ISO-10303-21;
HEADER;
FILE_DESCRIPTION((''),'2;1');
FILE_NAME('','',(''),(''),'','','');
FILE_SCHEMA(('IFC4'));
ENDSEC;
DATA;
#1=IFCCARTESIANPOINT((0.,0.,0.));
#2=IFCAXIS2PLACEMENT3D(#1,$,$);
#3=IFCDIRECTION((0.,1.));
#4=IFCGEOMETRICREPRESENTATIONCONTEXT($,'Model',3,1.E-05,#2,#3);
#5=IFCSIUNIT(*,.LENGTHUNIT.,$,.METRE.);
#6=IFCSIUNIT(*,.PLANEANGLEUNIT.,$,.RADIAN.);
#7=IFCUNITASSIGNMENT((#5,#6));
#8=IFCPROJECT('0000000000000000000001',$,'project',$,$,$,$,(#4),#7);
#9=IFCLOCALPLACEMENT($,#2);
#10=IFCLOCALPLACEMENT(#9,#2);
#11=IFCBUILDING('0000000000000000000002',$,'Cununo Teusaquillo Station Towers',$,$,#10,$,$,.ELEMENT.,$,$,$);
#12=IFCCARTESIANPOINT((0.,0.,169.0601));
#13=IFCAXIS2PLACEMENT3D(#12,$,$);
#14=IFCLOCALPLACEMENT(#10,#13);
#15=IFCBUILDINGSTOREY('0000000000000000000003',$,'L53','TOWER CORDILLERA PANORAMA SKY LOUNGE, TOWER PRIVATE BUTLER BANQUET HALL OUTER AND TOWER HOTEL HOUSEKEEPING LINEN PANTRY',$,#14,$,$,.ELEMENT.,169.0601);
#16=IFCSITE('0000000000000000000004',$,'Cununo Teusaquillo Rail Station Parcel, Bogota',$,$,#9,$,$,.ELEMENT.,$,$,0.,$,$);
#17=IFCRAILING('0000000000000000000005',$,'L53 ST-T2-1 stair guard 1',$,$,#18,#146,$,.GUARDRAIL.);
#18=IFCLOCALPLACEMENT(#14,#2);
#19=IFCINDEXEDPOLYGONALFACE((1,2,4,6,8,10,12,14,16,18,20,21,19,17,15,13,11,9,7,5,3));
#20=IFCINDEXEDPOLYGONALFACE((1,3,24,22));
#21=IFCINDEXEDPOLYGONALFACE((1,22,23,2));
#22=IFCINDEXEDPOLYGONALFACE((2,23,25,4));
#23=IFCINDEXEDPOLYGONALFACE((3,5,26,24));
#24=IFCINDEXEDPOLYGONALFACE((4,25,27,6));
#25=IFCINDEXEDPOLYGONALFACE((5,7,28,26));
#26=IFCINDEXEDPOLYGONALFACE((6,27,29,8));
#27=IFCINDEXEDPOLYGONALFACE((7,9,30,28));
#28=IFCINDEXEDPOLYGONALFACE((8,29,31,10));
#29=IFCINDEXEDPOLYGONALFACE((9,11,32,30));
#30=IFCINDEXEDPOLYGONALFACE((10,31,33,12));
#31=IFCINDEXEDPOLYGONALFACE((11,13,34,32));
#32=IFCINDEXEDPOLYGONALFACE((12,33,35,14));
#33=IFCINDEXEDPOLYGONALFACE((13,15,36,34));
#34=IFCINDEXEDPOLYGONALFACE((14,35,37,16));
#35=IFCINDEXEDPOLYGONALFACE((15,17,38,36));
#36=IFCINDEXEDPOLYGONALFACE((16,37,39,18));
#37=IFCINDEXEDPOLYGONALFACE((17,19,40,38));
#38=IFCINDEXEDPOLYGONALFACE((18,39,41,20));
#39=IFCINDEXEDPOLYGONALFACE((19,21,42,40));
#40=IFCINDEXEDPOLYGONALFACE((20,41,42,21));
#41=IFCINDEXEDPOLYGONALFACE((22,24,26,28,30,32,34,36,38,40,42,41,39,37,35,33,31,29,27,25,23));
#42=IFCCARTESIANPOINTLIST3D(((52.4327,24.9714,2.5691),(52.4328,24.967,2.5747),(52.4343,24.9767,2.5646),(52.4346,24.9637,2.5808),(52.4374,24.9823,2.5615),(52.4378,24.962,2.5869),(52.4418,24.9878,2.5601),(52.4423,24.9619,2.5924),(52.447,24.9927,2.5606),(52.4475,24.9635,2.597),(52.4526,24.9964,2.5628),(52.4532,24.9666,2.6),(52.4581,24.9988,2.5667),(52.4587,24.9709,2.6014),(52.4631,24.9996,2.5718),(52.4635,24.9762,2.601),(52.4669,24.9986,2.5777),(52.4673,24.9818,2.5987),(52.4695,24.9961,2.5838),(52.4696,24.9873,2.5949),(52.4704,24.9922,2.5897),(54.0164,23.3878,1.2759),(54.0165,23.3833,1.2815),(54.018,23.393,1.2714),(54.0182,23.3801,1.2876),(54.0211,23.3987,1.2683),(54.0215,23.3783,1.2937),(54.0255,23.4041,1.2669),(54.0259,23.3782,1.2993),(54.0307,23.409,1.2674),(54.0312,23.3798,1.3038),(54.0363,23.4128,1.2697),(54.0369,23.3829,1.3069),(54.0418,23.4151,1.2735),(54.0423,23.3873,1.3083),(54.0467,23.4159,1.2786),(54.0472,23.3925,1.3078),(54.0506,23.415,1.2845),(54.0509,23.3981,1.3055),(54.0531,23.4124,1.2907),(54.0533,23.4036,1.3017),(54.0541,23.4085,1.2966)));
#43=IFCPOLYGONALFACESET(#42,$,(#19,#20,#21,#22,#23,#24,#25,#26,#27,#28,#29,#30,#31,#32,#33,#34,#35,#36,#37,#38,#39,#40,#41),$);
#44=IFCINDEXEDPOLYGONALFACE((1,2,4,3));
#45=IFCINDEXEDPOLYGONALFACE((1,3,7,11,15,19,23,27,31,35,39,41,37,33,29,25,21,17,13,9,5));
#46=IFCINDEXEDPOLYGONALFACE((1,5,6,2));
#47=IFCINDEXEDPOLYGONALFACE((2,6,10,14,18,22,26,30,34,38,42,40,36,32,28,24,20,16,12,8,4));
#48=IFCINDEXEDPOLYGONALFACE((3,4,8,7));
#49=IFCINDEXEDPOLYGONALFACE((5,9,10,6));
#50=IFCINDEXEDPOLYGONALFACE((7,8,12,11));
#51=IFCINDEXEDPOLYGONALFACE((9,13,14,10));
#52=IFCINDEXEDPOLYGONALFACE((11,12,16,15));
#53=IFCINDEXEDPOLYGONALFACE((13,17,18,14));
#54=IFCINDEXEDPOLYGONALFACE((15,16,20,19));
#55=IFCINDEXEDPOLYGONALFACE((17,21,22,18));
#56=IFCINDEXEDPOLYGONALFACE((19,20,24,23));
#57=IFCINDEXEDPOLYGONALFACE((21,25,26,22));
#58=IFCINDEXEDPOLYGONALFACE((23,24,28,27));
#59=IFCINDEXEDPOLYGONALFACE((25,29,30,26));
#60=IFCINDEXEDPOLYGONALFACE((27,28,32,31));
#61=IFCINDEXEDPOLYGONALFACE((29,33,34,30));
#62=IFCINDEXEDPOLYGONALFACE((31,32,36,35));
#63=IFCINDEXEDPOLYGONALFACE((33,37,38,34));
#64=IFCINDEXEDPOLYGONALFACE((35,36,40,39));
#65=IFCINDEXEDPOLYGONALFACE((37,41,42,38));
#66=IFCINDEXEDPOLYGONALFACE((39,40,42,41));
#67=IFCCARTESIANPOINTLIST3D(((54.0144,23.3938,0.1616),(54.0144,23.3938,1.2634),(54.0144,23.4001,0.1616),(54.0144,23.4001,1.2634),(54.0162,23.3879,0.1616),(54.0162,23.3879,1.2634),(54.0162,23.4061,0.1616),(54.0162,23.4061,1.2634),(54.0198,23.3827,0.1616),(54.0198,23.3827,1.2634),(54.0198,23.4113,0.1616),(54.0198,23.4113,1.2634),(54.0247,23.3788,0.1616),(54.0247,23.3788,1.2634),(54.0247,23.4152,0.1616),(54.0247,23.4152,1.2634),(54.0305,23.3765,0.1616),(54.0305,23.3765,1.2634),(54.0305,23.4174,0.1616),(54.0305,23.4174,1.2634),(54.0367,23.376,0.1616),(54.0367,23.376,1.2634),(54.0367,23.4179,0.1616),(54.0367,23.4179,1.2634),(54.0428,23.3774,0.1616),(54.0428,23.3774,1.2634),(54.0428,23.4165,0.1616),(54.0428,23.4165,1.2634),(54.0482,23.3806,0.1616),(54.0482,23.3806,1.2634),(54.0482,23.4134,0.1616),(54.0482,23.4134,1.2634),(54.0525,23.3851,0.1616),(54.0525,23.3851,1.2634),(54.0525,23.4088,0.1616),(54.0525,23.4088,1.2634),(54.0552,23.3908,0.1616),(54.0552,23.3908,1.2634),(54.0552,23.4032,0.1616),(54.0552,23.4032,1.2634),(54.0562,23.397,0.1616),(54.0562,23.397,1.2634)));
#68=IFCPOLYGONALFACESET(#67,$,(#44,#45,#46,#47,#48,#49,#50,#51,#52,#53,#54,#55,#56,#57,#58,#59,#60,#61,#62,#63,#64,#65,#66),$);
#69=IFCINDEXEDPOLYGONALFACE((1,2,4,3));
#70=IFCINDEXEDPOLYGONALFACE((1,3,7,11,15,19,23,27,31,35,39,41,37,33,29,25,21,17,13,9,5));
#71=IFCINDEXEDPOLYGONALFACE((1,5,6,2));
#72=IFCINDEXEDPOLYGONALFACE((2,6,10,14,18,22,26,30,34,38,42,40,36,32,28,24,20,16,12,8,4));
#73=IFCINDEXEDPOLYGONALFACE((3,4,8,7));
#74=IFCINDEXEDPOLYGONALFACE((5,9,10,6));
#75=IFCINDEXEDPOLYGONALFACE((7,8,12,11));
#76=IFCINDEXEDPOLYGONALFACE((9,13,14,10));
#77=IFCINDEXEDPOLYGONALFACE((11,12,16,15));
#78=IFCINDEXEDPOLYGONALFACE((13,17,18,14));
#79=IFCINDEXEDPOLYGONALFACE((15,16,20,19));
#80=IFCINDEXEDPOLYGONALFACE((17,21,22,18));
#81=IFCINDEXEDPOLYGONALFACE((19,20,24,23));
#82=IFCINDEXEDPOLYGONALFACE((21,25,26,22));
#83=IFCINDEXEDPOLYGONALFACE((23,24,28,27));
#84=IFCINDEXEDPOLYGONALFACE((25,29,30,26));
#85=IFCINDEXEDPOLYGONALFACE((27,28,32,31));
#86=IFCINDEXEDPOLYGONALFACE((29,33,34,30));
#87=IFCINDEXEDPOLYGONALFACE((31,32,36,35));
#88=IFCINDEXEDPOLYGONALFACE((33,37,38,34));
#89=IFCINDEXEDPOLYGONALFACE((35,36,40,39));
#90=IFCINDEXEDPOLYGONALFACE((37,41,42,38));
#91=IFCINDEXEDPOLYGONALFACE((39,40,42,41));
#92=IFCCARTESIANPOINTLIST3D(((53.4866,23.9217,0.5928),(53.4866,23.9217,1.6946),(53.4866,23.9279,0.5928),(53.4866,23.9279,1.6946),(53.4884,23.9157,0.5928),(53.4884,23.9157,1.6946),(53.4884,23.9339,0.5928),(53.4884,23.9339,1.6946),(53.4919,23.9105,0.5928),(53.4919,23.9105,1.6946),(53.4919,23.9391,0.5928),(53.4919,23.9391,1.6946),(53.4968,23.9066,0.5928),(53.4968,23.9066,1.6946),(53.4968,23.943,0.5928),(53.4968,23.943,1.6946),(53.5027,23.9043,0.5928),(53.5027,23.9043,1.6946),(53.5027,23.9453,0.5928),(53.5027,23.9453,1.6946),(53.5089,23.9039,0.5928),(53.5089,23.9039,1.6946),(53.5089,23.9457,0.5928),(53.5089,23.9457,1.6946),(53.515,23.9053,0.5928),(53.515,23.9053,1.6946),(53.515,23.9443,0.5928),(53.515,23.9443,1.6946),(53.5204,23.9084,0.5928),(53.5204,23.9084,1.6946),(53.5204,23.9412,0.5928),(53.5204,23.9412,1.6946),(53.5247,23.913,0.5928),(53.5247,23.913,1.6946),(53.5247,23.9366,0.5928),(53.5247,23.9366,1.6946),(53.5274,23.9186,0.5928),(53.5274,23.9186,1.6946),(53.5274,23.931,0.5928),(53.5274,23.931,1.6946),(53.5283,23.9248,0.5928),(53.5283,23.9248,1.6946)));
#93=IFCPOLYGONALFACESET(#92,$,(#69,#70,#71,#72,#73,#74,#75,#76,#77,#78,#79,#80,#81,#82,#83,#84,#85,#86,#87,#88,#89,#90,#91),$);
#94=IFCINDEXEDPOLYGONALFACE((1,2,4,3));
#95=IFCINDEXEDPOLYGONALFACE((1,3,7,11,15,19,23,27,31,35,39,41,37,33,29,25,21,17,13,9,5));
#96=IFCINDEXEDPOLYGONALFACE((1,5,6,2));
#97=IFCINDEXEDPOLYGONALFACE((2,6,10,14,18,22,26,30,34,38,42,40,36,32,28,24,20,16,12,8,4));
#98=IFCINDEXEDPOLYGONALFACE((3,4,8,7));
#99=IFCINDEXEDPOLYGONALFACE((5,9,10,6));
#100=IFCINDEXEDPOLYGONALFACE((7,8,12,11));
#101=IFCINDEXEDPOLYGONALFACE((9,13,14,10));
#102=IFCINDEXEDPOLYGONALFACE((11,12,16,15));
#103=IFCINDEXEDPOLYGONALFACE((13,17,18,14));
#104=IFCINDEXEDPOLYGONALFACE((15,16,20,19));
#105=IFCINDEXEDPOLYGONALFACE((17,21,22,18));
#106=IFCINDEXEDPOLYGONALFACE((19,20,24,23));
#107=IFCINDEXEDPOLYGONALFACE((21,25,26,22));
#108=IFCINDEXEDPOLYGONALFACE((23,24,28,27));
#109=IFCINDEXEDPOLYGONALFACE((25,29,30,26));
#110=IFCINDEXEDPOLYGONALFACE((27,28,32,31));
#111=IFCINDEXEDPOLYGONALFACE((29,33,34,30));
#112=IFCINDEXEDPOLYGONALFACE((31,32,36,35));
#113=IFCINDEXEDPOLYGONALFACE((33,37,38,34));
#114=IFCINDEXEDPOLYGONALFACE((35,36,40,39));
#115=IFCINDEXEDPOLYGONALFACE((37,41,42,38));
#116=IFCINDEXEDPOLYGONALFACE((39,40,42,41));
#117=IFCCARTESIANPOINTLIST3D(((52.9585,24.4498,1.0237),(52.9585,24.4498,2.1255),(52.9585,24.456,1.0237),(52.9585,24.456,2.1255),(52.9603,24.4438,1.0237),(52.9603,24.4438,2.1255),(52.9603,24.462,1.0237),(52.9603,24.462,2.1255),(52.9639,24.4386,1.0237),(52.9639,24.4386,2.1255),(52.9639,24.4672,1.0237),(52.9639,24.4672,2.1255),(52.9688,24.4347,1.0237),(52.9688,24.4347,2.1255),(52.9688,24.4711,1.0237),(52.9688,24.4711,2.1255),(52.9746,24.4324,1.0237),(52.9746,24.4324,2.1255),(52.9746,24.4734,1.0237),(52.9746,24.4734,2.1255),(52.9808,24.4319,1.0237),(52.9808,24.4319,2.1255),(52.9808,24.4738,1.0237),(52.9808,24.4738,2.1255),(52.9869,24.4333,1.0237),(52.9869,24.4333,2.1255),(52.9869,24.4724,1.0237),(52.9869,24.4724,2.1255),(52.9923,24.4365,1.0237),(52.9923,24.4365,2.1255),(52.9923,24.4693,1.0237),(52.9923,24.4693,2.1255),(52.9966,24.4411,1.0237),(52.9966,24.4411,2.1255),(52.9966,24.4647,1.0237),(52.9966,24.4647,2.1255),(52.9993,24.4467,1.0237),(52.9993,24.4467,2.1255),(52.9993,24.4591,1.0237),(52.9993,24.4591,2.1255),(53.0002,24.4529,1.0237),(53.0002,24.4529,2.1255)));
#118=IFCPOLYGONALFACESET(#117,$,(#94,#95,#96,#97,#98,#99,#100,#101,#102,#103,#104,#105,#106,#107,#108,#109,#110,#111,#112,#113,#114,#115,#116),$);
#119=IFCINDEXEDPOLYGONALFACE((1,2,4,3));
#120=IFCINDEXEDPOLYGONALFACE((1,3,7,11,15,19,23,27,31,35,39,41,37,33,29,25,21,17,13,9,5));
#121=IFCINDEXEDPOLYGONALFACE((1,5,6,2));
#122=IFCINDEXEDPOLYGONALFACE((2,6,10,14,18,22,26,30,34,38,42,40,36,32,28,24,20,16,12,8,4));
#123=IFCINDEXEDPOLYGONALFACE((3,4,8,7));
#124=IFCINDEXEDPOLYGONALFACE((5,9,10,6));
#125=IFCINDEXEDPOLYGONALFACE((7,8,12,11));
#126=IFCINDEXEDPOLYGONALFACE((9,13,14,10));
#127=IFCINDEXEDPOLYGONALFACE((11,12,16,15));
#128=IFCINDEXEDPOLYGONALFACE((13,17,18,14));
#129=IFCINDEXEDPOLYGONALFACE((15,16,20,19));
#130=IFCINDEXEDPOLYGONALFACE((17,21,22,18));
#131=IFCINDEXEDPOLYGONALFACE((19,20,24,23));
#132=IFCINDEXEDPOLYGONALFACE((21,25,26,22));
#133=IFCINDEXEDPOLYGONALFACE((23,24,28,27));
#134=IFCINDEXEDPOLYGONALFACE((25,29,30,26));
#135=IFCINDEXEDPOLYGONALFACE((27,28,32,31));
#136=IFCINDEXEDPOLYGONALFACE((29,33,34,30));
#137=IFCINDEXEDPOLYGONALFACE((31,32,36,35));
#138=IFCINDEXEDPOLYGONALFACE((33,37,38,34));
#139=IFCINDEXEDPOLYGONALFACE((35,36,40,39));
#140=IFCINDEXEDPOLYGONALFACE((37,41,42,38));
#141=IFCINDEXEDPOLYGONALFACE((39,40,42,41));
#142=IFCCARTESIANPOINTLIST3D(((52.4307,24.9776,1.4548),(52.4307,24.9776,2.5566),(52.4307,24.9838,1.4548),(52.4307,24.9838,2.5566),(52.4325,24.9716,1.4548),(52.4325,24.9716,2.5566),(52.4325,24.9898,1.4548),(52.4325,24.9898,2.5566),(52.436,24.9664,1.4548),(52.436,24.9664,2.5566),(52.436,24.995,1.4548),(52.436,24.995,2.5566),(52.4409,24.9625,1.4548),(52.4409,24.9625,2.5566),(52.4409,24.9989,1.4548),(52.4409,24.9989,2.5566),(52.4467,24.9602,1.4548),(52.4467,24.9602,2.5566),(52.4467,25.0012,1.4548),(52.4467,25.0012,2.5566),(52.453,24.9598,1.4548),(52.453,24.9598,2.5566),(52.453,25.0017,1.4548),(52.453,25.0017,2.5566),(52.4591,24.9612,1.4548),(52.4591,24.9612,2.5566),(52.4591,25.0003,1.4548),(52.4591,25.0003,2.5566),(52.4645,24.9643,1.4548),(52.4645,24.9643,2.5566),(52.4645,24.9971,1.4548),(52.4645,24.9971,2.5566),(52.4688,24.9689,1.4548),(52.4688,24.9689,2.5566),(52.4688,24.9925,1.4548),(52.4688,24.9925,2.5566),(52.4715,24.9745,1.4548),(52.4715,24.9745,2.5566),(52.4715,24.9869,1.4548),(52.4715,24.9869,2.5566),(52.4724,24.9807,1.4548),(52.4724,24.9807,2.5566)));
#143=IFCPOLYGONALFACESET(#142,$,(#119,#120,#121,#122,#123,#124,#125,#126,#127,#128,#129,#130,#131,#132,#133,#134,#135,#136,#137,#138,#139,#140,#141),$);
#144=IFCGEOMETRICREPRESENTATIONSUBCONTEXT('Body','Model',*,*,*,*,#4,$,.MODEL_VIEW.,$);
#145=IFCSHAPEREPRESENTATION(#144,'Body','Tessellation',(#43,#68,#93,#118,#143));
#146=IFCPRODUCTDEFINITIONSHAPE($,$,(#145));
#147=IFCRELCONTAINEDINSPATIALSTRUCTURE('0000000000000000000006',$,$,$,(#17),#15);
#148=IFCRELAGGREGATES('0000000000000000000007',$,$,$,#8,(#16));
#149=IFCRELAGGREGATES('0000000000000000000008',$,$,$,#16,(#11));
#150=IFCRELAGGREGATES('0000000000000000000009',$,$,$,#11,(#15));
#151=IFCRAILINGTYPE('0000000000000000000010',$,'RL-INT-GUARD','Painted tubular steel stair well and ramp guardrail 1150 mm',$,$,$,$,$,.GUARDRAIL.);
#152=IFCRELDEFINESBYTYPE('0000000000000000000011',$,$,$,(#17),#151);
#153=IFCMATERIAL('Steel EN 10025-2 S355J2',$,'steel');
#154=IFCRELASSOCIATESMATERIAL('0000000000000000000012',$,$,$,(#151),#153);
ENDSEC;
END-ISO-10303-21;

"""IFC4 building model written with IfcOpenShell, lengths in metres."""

from ifc_helpers import new_model, si_unit, direction, frame, origin, origin_2d, place, context, subcontext, project, spatial, circle, extrude, material, type_object, element, save


model = new_model("IFC4")

# Units and contexts
model_context = context("Model", 3, precision=1e-05, world=origin(), true_north=direction((0.0, 1.0)))
body_context = subcontext(model_context, "Body", "Model", "MODEL_VIEW")
ifc_project = project(units=[si_unit("LENGTHUNIT", "METRE"), si_unit("PLANEANGLEUNIT", "RADIAN")], contexts=[model_context])

# Site, building, storey
site_placement = place(None, origin())
site = spatial("IfcSite", under=ifc_project, at=site_placement, Name="Cununo Teusaquillo Rail Station Parcel, Bogota", CompositionType="ELEMENT", RefElevation=0.0)
building_placement = place(site_placement, origin())
building = spatial("IfcBuilding", under=site, at=building_placement, Name="Cununo Teusaquillo Station Towers", CompositionType="ELEMENT")
storey_placement = place(building_placement, frame((0.0, 0.0, 169.0601)))
storey = spatial("IfcBuildingStorey", under=building, at=storey_placement, Name="L53", Description="TOWER CORDILLERA PANORAMA SKY LOUNGE, TOWER PRIVATE BUTLER BANQUET HALL OUTER AND TOWER HOTEL HOUSEKEEPING LINEN PANTRY", CompositionType="ELEMENT", Elevation=169.0601)

# Railing
ifc_material_1 = material(Name="Steel EN 10025-2 S355J2", Category="steel")
railing_type_1 = type_object("IfcRailingType", Name="RL-INT-GUARD", Description="Painted tubular steel stair well and ramp guardrail 1150 mm", PredefinedType="GUARDRAIL", material=ifc_material_1)
railing_1_placement = place(storey_placement, frame((54.0352, 23.397, 0.1616)))
element("IfcRailing", 1, at=railing_1_placement, inside=storey, type_object=railing_type_1, Name="L53 ST-T2-1 stair guard 1", PredefinedType="GUARDRAIL", context=body_context, shape_type="SweptSolid", body=[
    extrude(circle(Radius=0.0239, at=origin_2d()), frame((0.0, 0.0, 1.126), z_axis=(-0.612361, 0.612361, 0.500027), x_axis=(-0.707107, -0.707107, 0.0)), (0.0, 0.0, 1.0), 2.5862),
    extrude(circle(Radius=0.021, at=origin_2d()), origin(), (0.0, 0.0, 1.0), 1.1018),
    extrude(circle(Radius=0.021, at=origin_2d()), frame((-0.5278, 0.5278, 0.4312)), (0.0, 0.0, 1.0), 1.1018),
    extrude(circle(Radius=0.021, at=origin_2d()), frame((-1.0559, 1.0559, 0.8621)), (0.0, 0.0, 1.0), 1.1018),
    extrude(circle(Radius=0.021, at=origin_2d()), frame((-1.5837, 1.5837, 1.2932)), (0.0, 0.0, 1.0), 1.1018),
])

save(model, "model.ifc")
